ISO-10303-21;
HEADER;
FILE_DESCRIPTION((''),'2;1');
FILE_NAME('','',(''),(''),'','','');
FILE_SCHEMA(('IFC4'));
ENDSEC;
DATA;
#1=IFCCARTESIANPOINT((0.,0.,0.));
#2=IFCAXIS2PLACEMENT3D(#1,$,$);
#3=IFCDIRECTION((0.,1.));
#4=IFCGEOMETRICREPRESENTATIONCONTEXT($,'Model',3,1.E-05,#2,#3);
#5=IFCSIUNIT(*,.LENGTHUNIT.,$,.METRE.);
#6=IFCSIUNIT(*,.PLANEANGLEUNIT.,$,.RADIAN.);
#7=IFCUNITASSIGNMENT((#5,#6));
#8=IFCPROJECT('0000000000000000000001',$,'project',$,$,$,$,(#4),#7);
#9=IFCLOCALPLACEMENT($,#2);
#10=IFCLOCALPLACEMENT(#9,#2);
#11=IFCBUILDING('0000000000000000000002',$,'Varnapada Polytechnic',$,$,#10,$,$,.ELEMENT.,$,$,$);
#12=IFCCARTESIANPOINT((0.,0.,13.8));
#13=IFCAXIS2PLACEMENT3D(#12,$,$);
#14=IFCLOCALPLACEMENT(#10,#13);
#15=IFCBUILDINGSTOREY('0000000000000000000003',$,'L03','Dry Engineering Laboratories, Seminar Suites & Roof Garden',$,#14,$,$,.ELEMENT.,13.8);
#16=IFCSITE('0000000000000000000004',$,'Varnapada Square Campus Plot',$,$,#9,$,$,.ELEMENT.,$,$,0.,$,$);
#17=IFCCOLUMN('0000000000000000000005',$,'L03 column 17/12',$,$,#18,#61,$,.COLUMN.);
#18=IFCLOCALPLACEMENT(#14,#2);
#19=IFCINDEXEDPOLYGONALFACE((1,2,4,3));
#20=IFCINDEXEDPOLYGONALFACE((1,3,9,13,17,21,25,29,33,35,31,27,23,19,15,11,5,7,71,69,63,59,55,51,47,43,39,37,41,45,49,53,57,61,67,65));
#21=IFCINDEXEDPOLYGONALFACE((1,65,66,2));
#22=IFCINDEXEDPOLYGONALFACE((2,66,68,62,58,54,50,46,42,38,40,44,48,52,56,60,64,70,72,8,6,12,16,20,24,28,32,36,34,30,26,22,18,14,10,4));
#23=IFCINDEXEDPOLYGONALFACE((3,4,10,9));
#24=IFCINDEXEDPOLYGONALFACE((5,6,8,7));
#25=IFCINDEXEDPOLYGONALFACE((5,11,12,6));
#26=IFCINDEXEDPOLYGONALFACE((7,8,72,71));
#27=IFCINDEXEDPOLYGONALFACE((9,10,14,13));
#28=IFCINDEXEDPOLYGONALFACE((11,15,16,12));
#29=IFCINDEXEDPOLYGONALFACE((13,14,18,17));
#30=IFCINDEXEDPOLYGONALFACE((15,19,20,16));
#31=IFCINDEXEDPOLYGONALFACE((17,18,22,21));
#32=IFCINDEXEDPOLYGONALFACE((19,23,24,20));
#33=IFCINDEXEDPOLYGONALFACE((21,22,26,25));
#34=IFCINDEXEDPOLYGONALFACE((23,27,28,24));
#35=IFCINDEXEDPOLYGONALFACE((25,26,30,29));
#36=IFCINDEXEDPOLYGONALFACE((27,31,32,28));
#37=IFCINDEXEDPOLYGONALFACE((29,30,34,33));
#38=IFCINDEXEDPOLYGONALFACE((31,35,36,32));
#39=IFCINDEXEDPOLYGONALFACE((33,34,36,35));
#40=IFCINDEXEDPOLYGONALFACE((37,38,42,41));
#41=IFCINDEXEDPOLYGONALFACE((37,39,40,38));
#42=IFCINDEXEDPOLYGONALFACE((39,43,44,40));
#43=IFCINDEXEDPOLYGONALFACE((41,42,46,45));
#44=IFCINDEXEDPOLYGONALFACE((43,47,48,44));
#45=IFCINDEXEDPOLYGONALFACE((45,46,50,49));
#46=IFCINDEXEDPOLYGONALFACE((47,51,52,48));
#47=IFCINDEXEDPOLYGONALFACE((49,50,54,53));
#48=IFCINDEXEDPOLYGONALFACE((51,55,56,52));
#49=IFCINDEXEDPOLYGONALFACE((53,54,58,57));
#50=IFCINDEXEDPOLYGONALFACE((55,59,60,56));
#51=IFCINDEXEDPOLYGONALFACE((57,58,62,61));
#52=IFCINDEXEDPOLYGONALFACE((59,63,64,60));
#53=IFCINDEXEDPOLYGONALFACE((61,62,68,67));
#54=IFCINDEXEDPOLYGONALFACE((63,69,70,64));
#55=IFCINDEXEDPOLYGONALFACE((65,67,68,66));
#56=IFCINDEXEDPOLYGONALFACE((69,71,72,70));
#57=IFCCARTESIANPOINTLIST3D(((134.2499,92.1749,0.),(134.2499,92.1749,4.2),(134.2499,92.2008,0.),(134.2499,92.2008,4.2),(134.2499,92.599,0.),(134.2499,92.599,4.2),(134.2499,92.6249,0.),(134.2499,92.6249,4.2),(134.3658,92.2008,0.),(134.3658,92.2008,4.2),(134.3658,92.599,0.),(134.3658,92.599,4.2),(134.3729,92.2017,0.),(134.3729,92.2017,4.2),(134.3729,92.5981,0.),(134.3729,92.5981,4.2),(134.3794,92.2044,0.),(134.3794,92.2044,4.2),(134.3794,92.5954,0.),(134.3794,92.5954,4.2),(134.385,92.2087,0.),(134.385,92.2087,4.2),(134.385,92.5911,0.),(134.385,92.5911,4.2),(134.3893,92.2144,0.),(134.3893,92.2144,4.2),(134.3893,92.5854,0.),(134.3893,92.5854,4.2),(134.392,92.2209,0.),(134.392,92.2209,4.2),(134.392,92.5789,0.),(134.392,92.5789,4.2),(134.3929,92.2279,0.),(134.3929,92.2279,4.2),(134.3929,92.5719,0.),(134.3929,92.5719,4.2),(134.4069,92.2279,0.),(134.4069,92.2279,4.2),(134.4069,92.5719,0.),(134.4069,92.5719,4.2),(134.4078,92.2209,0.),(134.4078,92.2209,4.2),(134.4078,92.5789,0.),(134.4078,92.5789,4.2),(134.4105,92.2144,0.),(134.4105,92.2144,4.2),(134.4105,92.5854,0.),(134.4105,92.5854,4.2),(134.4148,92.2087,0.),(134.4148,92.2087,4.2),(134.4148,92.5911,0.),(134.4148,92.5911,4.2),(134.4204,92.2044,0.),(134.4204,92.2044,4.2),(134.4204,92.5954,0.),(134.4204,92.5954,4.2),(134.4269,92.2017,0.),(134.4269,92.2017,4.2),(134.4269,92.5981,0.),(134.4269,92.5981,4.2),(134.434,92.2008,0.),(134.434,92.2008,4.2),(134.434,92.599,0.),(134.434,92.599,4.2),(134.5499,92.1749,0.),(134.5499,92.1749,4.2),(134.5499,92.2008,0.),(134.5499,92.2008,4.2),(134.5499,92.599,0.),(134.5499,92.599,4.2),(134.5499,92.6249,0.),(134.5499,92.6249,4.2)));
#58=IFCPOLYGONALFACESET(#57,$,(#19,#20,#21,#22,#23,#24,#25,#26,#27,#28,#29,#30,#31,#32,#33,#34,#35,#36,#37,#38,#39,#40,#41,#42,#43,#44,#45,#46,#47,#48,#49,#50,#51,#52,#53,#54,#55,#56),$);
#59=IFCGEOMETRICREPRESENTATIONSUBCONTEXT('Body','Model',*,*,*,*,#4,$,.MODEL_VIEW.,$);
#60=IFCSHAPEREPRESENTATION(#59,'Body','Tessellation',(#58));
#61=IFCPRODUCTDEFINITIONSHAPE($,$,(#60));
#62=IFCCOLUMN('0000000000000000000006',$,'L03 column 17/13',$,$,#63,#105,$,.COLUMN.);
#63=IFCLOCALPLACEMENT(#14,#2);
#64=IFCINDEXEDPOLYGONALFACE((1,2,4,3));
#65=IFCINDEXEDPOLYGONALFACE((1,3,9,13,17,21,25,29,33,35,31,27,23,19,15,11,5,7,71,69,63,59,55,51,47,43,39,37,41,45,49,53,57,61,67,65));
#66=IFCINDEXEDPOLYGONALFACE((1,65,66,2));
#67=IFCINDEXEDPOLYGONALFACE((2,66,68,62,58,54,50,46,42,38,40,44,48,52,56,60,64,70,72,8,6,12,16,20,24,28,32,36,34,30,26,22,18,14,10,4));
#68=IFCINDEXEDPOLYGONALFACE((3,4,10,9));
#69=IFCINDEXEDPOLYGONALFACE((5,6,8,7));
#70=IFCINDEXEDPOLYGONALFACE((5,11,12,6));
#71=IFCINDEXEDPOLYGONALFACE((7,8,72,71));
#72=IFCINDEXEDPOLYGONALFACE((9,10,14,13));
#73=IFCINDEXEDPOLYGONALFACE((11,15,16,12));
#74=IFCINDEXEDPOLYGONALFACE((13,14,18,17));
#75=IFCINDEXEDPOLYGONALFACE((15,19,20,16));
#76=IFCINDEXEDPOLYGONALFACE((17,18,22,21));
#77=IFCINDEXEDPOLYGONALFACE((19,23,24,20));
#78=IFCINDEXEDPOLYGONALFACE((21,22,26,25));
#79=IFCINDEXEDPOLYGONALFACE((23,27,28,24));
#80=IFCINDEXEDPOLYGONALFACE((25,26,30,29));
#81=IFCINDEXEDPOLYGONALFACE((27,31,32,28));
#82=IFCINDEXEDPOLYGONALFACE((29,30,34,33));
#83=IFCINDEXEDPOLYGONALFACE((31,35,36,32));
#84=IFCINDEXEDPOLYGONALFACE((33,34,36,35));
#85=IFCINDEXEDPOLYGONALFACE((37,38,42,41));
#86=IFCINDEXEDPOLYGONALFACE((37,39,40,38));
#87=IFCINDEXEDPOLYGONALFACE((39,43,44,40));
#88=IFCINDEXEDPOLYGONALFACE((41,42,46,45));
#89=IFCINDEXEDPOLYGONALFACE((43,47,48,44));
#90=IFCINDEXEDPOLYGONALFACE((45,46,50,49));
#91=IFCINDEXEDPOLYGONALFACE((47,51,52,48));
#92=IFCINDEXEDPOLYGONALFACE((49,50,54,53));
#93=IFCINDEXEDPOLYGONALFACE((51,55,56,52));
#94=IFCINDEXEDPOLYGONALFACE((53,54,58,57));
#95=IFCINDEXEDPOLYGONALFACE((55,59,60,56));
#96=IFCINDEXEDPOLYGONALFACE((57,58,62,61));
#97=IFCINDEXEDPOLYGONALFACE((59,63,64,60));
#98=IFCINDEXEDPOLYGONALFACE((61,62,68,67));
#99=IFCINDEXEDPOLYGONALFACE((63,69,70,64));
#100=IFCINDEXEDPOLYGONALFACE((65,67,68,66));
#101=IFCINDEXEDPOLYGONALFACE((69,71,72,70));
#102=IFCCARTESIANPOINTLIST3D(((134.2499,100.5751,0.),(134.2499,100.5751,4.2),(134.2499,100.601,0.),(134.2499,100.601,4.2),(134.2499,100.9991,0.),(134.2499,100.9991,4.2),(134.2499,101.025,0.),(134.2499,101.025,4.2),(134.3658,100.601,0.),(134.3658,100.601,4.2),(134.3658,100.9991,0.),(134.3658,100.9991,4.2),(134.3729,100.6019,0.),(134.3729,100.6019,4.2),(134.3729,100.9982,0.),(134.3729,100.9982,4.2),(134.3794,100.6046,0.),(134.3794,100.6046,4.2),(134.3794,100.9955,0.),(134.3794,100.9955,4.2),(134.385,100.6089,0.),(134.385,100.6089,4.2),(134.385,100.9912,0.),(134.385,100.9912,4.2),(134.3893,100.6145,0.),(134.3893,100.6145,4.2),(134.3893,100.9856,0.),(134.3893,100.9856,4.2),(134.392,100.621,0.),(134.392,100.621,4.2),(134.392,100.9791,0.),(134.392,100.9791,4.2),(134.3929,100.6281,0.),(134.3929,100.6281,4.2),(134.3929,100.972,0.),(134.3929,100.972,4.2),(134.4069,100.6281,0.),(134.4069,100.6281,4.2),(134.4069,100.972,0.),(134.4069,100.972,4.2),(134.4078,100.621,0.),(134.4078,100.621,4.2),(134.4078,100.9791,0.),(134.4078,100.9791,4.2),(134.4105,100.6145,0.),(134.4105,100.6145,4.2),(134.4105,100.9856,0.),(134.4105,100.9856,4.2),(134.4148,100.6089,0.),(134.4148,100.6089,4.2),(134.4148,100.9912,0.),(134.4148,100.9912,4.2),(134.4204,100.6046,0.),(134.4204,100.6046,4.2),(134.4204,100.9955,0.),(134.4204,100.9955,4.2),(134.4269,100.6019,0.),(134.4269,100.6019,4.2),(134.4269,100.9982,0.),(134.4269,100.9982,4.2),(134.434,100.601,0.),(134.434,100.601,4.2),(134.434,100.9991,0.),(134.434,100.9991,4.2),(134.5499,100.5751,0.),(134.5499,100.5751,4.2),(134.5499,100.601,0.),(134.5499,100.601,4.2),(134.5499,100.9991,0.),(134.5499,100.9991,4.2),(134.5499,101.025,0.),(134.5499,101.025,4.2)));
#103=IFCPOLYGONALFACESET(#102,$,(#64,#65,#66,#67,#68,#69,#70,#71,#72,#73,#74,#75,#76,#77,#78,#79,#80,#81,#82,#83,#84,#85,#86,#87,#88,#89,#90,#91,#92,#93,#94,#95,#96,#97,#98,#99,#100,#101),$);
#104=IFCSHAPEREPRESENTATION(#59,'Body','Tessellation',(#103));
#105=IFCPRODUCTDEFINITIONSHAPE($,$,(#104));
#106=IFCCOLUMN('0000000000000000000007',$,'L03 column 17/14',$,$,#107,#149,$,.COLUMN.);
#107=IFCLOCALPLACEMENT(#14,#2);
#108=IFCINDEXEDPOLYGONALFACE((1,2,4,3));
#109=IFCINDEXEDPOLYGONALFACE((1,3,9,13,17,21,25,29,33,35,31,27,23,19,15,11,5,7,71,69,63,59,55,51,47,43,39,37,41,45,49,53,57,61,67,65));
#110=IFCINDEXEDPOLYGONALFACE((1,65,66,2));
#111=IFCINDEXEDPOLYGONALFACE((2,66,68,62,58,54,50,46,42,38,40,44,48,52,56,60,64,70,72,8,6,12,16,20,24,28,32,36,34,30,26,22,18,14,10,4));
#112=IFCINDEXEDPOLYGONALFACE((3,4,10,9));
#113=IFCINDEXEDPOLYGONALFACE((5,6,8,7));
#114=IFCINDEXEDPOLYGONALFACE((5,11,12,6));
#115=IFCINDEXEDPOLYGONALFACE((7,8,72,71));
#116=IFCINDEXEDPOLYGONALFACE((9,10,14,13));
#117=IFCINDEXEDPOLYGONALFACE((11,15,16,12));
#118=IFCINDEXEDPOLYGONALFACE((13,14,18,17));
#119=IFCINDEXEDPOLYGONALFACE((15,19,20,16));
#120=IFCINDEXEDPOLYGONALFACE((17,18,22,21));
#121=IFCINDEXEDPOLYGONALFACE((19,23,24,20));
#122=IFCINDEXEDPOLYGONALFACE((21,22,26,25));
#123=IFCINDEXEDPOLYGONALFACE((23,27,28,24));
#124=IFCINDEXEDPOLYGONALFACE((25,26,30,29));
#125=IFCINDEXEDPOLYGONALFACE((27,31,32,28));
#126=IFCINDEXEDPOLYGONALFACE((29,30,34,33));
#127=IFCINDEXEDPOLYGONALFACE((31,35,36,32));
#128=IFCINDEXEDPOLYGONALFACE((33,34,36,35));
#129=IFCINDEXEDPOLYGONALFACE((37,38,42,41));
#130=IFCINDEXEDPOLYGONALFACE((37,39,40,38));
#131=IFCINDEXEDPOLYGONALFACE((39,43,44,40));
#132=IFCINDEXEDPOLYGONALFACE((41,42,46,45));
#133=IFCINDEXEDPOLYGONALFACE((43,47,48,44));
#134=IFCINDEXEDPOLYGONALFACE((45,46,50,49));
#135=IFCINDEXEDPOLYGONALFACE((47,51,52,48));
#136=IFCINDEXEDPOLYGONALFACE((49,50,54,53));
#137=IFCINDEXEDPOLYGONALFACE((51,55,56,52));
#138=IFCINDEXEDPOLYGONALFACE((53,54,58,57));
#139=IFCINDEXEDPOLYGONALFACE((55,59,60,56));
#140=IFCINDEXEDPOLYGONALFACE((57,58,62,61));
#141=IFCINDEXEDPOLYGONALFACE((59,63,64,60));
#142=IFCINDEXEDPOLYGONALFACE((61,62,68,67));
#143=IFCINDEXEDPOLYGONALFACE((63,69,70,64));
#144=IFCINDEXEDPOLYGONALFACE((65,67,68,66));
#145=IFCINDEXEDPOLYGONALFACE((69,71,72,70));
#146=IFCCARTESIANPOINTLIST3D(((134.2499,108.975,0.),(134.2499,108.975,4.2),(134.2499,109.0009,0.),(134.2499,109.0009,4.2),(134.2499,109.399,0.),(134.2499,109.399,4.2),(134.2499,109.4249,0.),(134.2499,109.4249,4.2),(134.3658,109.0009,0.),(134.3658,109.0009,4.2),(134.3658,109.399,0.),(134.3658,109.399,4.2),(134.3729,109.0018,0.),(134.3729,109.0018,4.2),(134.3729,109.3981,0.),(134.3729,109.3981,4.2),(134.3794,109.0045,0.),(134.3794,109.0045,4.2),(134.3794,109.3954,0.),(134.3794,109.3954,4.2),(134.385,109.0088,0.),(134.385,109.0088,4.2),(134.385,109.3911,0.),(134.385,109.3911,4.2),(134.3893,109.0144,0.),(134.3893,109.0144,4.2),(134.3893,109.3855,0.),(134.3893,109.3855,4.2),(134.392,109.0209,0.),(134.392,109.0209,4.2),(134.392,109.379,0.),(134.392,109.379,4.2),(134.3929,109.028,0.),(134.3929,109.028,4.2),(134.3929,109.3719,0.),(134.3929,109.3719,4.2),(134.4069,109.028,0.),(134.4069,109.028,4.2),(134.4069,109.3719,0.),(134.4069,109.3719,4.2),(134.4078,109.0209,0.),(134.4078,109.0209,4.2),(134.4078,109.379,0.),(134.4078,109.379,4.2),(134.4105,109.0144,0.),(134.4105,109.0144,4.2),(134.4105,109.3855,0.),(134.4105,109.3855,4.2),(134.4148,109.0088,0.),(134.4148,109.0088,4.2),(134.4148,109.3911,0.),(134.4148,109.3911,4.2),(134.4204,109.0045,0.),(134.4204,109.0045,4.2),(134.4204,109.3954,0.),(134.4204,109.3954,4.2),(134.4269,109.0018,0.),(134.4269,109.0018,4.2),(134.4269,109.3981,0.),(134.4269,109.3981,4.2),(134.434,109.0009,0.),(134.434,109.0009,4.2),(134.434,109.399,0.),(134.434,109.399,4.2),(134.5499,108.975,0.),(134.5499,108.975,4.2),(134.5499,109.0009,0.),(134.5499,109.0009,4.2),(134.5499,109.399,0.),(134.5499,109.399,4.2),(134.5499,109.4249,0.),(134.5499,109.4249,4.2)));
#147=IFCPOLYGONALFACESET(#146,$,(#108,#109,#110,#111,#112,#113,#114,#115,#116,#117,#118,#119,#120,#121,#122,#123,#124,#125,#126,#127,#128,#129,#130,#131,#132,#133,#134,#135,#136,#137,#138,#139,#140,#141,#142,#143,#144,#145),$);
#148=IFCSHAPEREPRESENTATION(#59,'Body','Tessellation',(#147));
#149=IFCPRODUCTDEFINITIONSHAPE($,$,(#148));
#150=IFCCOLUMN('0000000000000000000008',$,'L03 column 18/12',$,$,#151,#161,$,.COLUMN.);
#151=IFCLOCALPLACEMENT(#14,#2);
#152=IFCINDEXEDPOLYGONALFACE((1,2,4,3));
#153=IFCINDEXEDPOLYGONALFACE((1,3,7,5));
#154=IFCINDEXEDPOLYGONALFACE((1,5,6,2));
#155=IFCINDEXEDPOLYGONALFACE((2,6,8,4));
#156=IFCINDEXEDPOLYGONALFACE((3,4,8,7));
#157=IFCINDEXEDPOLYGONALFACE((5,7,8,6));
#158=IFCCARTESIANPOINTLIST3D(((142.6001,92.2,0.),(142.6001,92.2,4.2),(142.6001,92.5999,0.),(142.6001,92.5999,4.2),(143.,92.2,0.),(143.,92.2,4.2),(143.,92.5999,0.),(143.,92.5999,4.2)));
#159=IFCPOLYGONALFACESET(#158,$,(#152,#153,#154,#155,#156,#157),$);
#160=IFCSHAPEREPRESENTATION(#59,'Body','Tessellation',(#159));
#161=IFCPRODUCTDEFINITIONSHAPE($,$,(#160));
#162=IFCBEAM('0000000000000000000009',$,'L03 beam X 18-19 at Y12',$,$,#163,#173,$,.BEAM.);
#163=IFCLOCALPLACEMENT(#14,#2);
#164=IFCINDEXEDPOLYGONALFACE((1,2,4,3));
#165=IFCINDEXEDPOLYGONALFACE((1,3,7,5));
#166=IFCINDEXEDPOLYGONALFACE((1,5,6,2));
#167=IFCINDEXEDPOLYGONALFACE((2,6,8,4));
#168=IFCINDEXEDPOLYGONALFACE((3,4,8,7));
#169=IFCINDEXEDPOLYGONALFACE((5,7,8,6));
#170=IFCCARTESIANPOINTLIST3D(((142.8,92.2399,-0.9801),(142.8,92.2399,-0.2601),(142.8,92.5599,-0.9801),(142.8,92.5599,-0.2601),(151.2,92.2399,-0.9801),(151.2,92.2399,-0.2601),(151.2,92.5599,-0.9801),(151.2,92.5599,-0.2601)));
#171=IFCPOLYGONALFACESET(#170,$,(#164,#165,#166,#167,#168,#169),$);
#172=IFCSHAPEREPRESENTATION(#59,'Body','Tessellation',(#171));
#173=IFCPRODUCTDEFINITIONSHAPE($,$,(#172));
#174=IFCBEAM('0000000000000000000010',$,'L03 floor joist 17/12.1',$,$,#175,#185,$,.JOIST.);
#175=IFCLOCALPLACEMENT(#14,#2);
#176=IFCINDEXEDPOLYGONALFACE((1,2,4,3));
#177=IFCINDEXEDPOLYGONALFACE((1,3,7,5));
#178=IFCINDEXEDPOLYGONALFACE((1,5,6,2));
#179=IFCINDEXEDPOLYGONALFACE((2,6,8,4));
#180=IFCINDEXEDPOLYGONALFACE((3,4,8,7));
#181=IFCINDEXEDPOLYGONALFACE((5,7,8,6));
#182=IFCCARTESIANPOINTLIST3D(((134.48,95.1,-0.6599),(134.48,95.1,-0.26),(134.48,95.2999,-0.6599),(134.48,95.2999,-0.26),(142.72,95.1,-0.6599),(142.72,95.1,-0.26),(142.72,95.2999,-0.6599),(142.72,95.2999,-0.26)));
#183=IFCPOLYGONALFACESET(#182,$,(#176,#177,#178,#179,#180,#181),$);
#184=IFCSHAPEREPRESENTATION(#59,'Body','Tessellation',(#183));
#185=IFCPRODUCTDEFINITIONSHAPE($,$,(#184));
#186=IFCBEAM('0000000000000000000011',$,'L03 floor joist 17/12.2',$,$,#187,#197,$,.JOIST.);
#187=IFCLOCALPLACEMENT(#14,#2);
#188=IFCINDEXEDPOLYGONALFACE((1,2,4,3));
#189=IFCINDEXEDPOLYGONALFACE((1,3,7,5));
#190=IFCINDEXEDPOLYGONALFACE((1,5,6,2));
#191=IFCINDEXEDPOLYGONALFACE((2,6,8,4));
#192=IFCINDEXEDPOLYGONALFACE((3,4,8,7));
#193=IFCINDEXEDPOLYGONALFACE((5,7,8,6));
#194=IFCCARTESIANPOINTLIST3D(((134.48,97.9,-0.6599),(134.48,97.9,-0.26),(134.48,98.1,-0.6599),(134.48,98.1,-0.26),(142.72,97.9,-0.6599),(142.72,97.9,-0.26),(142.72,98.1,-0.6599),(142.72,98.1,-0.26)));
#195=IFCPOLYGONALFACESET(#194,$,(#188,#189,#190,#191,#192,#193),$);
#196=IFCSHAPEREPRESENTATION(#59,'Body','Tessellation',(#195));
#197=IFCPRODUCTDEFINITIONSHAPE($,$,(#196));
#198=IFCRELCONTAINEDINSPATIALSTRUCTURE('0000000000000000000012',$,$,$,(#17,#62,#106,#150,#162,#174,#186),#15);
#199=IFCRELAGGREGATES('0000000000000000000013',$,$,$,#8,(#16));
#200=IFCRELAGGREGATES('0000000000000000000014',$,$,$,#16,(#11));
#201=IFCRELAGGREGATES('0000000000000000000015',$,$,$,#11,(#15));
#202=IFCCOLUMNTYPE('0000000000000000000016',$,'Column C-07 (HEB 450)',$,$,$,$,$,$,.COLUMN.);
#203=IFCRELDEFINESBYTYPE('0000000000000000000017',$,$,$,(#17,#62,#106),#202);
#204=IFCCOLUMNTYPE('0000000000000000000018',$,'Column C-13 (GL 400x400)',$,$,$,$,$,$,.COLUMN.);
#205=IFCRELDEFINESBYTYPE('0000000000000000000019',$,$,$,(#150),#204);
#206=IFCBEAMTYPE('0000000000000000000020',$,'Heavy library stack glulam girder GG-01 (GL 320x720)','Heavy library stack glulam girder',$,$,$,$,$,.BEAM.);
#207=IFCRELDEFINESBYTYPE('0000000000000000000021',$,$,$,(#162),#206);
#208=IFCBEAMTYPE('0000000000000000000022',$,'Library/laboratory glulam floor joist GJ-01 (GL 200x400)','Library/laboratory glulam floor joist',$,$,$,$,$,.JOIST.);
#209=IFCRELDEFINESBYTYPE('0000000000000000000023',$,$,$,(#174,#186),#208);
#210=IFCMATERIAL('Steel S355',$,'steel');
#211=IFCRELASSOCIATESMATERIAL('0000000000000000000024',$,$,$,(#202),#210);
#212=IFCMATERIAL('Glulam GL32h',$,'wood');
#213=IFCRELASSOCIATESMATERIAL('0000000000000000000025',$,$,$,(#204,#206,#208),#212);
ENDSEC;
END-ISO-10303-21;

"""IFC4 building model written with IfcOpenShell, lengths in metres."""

from ifc_helpers import new_model, si_unit, direction, frame, origin, origin_2d, place, context, subcontext, project, spatial, rectangle, i_section, extrude, material, material_profile, profile_set, type_object, element, save


model = new_model("IFC4")

# Units and contexts
model_context = context("Model", 3, precision=1e-05, world=origin(), true_north=direction((0.0, 1.0)))
body_context = subcontext(model_context, "Body", "Model", "MODEL_VIEW")
ifc_project = project(units=[si_unit("LENGTHUNIT", "METRE"), si_unit("PLANEANGLEUNIT", "RADIAN")], contexts=[model_context])

# Site, building, storey
site_placement = place(None, origin())
site = spatial("IfcSite", under=ifc_project, at=site_placement, Name="Varnapada Square Campus Plot", CompositionType="ELEMENT", RefElevation=0.0)
building_placement = place(site_placement, origin())
building = spatial("IfcBuilding", under=site, at=building_placement, Name="Varnapada Polytechnic", CompositionType="ELEMENT")
storey_placement = place(building_placement, frame((0.0, 0.0, 13.8)))
storey = spatial("IfcBuildingStorey", under=building, at=storey_placement, Name="L03", Description="Dry Engineering Laboratories, Seminar Suites & Roof Garden", CompositionType="ELEMENT", Elevation=13.8)

# Columns
ifc_material_1 = material(Name="Steel S355", Category="steel")
ifc_material_profile_1 = material_profile(ifc_material_1, i_section(OverallWidth=0.3, OverallDepth=0.45, WebThickness=0.0139, FlangeThickness=0.0259, FilletRadius=0.0271, at=origin_2d()), Name="HEB 450")
ifc_profile_set_1 = profile_set([ifc_material_profile_1], Name="Steel S355")
column_type_1 = type_object("IfcColumnType", Name="Column C-07 (HEB 450)", PredefinedType="COLUMN", material=ifc_profile_set_1)
for number, where, z_axis, x_axis, name in (
    (1, (134.3999, 92.3999, 0.0), (0.0, 0.0, 1.0), (1.0, 0.0, 0.0), "L03 column 17/12"),
    (2, (134.3999, 100.8, 0.0), (0.0, 0.0, 1.0), (1.0, 0.0, 0.0), "L03 column 17/13"),
    (3, (134.3999, 109.2, 0.0), (0.0, 0.0, 1.0), (1.0, 0.0, 0.0), "L03 column 17/14"),
):
    element("IfcColumn", number, at=place(storey_placement, frame(where, z_axis=z_axis, x_axis=x_axis)), inside=storey, type_object=column_type_1, Name=name, PredefinedType="COLUMN", context=body_context, shape_type="SweptSolid", body=[
        extrude(i_section(OverallWidth=0.3, OverallDepth=0.45, WebThickness=0.0139, FlangeThickness=0.0259, FilletRadius=0.0271, at=origin_2d()), origin(), (0.0, 0.0, 1.0), 4.2),
    ])
ifc_material_2 = material(Name="Glulam GL32h", Category="wood")
ifc_material_profile_2 = material_profile(ifc_material_2, rectangle(XDim=0.3999, YDim=0.3999, at=origin_2d()), Name="GL 400x400")
ifc_profile_set_2 = profile_set([ifc_material_profile_2], Name="Glulam GL32h")
column_type_2 = type_object("IfcColumnType", Name="Column C-13 (GL 400x400)", PredefinedType="COLUMN", material=ifc_profile_set_2)
column_placement = place(storey_placement, frame((142.8, 92.3999, 0.0), z_axis=(0.0, 0.0, 1.0), x_axis=(1.0, 0.0, 0.0)))
element("IfcColumn", 4, at=column_placement, inside=storey, type_object=column_type_2, Name="L03 column 18/12", PredefinedType="COLUMN", context=body_context, shape_type="SweptSolid", body=[
    extrude(rectangle(XDim=0.3999, YDim=0.3999, at=origin_2d()), origin(), (0.0, 0.0, 1.0), 4.2),
])

# Beams
ifc_material_profile_3 = material_profile(ifc_material_2, rectangle(XDim=0.3201, YDim=0.72, at=origin_2d()), Name="GL 320x720")
ifc_profile_set_3 = profile_set([ifc_material_profile_3], Name="Glulam GL32h")
beam_type_1 = type_object("IfcBeamType", Name="Heavy library stack glulam girder GG-01 (GL 320x720)", Description="Heavy library stack glulam girder", PredefinedType="BEAM", material=ifc_profile_set_3)
beam_1_placement = place(storey_placement, frame((142.8, 92.3999, -0.6201), z_axis=(1.0, 0.0, 0.0), x_axis=(0.0, 1.0, 0.0)))
element("IfcBeam", 5, at=beam_1_placement, inside=storey, type_object=beam_type_1, Name="L03 beam X 18-19 at Y12", PredefinedType="BEAM", context=body_context, shape_type="SweptSolid", body=[
    extrude(rectangle(XDim=0.3201, YDim=0.72, at=origin_2d()), origin(), (0.0, 0.0, 1.0), 8.3999),
])
ifc_material_profile_4 = material_profile(ifc_material_2, rectangle(XDim=0.2, YDim=0.3999, at=origin_2d()), Name="GL 200x400")
ifc_profile_set_4 = profile_set([ifc_material_profile_4], Name="Glulam GL32h")
beam_type_2 = type_object("IfcBeamType", Name="Library/laboratory glulam floor joist GJ-01 (GL 200x400)", Description="Library/laboratory glulam floor joist", PredefinedType="JOIST", material=ifc_profile_set_4)
for number, where, z_axis, x_axis, name in (
    (6, (134.48, 95.2, -0.46), (1.0, 0.0, 0.0), (0.0, 1.0, 0.0), "L03 floor joist 17/12.1"),
    (7, (134.48, 98.0, -0.46), (1.0, 0.0, 0.0), (0.0, 1.0, 0.0), "L03 floor joist 17/12.2"),
):
    element("IfcBeam", number, at=place(storey_placement, frame(where, z_axis=z_axis, x_axis=x_axis)), inside=storey, type_object=beam_type_2, Name=name, PredefinedType="JOIST", context=body_context, shape_type="SweptSolid", body=[
        extrude(rectangle(XDim=0.2, YDim=0.3999, at=origin_2d()), origin(), (0.0, 0.0, 1.0), 8.24),
    ])

save(model, "model.ifc")
